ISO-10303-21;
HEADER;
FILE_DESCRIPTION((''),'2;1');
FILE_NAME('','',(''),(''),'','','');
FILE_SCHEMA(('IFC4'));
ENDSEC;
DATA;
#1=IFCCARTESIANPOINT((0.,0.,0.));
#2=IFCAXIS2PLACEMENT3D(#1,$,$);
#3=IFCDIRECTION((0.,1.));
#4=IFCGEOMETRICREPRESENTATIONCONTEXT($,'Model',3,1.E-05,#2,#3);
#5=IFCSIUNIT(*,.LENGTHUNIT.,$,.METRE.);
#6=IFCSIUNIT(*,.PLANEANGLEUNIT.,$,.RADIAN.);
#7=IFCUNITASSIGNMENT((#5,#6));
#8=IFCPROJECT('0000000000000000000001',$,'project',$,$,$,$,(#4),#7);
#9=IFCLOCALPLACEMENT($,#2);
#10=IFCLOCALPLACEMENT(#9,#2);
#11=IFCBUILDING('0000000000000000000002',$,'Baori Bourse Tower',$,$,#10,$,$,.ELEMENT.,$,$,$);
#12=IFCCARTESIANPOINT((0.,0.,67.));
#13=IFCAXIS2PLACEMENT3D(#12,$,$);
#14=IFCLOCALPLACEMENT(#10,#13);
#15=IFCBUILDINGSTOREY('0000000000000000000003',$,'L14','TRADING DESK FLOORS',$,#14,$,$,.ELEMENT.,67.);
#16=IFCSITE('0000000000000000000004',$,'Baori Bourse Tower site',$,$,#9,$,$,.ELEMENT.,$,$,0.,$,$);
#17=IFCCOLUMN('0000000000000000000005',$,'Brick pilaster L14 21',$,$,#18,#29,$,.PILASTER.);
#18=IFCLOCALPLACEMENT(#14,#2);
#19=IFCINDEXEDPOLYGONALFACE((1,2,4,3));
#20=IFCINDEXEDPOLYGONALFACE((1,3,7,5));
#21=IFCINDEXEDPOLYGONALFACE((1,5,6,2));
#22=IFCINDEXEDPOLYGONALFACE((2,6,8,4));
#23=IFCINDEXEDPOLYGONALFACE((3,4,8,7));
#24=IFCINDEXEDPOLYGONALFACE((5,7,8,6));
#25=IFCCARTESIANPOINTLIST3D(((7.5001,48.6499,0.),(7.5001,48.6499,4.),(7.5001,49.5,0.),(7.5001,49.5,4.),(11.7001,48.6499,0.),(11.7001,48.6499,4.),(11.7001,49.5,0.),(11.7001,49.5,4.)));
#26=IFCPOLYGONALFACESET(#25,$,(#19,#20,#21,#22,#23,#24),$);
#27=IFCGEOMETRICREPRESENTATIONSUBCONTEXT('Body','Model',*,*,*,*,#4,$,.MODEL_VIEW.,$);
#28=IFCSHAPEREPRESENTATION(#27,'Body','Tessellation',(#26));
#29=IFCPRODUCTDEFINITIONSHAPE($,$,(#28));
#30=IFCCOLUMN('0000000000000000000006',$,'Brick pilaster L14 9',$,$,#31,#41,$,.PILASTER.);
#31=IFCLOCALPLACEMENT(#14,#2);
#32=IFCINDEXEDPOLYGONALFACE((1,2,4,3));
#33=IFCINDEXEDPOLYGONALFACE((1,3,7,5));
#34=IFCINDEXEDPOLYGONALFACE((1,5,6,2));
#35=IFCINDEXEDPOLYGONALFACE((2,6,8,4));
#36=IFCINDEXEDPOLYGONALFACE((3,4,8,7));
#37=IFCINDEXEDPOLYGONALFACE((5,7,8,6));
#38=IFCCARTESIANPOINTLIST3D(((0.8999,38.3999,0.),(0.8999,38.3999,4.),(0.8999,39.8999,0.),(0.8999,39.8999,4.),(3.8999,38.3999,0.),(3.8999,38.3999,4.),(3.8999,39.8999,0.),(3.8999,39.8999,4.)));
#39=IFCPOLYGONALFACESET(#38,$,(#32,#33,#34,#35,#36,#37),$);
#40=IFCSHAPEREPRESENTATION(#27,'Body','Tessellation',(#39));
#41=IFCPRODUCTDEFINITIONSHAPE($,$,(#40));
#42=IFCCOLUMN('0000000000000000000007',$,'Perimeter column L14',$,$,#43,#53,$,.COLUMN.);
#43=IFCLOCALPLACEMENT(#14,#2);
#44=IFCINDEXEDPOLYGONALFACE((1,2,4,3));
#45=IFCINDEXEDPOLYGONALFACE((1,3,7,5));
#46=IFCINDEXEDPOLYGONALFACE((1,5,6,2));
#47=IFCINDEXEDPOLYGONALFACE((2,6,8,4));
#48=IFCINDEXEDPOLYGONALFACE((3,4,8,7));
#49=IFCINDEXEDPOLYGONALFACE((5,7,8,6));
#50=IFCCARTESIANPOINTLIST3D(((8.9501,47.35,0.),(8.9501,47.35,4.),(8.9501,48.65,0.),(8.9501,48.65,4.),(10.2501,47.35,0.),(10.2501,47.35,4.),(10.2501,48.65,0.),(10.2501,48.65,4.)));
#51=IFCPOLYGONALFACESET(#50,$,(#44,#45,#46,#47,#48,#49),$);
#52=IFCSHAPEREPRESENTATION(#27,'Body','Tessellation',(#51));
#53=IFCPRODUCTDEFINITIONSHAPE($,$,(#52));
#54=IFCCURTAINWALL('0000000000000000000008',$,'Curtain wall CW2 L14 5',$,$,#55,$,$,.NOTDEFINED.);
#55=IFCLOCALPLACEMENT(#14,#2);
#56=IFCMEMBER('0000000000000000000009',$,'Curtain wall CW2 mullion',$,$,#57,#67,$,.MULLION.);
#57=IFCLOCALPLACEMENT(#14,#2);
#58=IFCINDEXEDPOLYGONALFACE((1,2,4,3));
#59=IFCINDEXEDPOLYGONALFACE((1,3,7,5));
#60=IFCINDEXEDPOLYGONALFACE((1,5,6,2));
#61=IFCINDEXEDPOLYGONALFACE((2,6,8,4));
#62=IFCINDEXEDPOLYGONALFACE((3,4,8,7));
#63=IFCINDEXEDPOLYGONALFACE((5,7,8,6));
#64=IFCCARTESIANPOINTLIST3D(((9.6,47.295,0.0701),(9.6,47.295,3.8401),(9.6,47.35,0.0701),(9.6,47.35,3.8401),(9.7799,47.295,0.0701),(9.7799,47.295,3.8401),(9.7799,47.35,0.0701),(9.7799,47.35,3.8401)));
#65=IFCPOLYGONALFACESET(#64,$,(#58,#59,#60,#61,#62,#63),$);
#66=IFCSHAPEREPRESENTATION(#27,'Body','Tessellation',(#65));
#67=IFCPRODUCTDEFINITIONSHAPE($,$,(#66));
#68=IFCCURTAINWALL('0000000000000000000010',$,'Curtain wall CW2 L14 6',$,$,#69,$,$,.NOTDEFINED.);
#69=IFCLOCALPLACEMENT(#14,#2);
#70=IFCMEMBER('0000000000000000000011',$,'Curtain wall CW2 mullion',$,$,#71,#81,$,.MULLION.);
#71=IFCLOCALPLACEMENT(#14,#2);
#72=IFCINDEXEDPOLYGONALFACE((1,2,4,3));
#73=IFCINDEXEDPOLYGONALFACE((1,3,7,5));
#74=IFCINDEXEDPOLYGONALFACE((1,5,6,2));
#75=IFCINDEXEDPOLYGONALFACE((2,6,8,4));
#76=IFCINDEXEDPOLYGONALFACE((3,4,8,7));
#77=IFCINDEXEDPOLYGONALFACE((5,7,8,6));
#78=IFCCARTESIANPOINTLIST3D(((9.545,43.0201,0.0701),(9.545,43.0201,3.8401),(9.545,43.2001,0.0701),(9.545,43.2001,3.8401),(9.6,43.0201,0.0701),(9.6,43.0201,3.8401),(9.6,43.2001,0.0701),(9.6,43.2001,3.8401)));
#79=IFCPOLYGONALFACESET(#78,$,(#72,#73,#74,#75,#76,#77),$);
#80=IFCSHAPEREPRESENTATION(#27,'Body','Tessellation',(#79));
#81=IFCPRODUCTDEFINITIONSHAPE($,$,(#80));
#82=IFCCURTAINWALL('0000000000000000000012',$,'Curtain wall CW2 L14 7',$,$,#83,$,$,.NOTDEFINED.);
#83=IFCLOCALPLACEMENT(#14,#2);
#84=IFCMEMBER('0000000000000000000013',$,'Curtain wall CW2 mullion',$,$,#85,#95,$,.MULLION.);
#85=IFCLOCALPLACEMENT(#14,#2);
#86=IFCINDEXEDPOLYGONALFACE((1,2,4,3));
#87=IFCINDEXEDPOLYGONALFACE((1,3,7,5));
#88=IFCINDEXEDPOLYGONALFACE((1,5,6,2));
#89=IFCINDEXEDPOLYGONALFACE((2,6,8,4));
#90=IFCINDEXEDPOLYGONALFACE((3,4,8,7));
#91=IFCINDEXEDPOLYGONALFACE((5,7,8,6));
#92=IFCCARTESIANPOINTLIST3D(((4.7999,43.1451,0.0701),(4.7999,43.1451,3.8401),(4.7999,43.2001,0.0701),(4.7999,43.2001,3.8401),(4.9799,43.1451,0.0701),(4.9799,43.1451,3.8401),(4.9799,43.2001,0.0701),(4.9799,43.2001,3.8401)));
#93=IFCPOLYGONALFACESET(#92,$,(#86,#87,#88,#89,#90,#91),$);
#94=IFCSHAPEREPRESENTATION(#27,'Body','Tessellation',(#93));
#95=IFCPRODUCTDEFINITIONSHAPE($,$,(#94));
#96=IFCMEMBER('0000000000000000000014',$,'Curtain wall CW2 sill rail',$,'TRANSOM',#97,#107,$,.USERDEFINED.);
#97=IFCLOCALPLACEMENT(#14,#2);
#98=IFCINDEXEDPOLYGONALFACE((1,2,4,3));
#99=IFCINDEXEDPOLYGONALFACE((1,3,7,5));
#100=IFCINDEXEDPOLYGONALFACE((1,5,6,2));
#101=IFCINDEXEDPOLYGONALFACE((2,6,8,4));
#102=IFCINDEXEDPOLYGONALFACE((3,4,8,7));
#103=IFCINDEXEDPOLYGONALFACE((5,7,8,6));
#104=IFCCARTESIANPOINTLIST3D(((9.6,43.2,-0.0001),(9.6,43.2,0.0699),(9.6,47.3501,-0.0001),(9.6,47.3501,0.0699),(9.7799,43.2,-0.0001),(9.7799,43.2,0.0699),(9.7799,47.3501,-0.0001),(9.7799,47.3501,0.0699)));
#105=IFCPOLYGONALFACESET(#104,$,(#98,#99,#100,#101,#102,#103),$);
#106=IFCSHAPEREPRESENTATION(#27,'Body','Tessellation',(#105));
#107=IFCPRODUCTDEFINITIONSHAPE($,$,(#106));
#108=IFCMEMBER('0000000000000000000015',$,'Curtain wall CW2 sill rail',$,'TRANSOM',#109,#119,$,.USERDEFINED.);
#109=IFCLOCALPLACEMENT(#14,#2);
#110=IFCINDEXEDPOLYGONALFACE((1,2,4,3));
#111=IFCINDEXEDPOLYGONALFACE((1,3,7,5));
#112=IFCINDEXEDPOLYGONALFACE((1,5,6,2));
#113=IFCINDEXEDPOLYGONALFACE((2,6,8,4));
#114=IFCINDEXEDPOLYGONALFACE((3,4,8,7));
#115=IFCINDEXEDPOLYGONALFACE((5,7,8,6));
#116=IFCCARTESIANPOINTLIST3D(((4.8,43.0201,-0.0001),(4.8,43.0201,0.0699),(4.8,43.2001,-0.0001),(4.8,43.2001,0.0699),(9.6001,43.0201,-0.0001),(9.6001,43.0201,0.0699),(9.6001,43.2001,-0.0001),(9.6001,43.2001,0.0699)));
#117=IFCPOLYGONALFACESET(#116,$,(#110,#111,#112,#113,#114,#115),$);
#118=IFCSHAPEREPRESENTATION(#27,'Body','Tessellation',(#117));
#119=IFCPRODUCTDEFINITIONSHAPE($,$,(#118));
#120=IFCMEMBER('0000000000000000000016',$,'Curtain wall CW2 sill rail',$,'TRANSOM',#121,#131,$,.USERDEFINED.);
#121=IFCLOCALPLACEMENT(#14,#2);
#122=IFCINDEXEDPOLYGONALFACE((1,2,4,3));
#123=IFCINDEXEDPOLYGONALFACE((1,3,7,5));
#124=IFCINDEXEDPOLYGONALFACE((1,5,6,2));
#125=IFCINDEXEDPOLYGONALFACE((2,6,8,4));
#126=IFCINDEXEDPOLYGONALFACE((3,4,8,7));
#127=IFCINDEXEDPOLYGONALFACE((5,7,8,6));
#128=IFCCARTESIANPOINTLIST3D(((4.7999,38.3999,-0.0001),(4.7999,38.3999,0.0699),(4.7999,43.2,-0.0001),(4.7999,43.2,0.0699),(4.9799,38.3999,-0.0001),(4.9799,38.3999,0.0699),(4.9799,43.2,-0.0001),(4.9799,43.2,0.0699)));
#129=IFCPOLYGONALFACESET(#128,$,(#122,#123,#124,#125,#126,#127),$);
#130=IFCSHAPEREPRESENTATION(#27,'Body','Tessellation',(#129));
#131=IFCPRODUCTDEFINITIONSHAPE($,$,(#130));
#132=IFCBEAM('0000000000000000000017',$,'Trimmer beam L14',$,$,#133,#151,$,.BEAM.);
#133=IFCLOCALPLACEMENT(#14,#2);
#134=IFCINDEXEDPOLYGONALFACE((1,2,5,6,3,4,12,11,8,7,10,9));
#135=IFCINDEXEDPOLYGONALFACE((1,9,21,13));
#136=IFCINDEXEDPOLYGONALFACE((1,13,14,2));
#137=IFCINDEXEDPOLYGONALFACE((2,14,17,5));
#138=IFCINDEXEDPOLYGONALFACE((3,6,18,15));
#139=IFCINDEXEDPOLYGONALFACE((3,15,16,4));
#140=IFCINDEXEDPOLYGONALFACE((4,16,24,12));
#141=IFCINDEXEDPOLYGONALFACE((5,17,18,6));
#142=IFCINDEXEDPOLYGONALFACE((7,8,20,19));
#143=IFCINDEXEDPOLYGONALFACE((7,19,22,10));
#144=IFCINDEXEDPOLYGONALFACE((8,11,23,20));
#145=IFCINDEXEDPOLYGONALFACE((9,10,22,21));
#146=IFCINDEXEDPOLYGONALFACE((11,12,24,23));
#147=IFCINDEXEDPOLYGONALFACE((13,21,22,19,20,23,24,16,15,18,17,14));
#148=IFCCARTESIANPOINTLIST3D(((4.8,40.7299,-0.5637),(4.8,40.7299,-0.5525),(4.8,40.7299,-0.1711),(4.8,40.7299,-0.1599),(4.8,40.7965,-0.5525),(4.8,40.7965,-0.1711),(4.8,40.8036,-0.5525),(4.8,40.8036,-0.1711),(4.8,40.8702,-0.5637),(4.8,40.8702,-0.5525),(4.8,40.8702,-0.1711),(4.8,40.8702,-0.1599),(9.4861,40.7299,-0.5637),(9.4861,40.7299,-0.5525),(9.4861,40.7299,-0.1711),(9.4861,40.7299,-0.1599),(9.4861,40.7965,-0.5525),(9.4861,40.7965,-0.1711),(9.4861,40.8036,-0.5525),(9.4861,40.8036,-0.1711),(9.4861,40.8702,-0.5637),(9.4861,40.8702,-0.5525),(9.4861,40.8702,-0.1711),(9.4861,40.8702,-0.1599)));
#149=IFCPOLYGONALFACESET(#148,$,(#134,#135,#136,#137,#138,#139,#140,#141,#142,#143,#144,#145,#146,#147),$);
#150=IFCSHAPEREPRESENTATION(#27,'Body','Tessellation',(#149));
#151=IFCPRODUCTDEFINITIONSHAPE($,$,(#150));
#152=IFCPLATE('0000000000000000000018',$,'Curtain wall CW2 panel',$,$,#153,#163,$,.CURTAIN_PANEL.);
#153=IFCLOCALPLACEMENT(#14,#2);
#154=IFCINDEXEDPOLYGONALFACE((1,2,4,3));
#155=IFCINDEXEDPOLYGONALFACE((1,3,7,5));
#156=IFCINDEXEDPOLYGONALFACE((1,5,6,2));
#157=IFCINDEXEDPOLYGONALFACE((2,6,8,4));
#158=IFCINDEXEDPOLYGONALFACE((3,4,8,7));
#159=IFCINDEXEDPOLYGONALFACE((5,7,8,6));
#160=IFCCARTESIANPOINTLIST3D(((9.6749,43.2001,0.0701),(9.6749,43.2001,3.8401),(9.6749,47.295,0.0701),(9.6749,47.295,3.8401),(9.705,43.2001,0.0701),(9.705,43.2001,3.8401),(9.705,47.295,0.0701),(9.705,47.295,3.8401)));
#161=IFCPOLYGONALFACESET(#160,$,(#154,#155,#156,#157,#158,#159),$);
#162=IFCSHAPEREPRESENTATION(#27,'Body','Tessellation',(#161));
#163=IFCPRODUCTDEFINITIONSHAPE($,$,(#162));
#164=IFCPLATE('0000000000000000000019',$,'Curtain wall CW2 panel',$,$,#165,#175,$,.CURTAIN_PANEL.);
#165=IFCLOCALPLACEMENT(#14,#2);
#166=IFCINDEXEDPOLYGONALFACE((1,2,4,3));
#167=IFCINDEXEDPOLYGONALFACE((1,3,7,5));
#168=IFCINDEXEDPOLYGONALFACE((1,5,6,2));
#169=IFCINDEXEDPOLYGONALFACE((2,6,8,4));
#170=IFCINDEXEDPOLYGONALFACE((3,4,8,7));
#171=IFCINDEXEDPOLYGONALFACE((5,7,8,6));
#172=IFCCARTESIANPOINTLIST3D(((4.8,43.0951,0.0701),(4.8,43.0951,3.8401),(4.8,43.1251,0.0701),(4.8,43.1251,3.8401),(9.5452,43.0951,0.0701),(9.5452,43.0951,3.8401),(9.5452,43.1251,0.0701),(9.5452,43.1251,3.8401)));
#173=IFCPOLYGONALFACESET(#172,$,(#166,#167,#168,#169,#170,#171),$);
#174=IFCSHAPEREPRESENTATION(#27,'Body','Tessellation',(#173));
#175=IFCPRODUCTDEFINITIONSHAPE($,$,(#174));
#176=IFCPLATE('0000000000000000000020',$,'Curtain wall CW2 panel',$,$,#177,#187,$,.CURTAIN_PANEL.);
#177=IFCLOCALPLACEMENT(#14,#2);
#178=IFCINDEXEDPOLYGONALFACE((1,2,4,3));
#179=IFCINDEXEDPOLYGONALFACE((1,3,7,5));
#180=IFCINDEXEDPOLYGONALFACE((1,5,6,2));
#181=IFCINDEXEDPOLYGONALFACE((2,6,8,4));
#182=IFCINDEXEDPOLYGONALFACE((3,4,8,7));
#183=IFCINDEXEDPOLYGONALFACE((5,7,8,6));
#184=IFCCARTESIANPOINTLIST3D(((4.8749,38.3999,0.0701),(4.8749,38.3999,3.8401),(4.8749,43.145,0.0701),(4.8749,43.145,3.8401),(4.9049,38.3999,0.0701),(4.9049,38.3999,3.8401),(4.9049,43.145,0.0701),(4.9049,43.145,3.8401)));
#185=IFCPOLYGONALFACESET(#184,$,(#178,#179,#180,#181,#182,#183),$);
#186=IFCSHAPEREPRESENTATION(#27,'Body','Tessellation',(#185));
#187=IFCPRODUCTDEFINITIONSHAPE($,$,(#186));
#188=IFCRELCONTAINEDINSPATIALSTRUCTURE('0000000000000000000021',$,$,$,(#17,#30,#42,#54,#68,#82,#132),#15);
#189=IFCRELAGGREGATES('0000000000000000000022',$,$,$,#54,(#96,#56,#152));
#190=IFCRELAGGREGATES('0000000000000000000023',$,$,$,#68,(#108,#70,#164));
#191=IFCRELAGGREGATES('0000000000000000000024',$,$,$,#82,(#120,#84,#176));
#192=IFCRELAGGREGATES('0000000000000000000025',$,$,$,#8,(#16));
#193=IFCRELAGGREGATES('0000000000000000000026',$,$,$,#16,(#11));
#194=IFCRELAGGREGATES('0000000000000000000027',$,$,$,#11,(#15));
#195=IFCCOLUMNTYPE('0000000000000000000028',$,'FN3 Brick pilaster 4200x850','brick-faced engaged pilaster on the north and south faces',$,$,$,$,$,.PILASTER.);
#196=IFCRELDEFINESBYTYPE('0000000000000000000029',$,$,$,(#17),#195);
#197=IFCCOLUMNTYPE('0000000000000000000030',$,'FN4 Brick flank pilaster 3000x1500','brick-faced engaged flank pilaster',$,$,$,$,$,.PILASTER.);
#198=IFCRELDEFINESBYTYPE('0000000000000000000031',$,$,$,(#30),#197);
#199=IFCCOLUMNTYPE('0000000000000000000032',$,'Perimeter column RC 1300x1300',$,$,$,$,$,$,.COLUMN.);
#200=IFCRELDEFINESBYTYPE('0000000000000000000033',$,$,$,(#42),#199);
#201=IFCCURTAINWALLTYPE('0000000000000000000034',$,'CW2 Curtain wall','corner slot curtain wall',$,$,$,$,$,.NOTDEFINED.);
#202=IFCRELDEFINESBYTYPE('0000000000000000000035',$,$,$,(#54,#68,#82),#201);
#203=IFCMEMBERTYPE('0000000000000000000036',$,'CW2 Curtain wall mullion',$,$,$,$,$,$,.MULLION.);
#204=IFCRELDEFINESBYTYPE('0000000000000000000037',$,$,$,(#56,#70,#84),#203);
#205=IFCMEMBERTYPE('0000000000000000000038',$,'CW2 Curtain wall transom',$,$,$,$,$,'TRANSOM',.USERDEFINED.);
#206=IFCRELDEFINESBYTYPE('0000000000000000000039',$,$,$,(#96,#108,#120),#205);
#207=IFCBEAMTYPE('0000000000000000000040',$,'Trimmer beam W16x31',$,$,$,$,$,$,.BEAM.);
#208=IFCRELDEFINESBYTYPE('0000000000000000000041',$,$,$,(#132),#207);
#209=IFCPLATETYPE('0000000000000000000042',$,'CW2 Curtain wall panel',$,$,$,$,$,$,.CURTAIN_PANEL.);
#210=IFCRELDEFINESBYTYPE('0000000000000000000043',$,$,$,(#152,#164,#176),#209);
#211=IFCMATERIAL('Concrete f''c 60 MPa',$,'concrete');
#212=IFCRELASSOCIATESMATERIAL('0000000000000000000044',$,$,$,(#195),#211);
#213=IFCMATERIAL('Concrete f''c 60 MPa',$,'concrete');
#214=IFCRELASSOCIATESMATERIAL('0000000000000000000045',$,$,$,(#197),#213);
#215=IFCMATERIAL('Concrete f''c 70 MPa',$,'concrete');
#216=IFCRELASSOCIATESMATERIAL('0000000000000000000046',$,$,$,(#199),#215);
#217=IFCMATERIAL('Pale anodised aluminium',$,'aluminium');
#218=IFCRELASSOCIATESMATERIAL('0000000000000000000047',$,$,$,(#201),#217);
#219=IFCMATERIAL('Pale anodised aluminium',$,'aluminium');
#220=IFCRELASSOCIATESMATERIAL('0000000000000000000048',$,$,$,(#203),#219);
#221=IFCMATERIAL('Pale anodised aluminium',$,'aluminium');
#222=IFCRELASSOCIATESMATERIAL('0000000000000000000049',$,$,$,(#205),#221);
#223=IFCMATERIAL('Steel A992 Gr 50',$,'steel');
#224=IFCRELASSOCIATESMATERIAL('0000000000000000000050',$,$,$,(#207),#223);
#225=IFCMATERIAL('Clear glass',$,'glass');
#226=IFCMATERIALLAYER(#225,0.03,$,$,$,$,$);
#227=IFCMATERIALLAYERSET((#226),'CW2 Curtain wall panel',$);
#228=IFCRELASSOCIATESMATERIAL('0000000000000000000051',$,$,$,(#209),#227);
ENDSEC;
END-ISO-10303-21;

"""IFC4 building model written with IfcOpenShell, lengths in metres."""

from ifc_helpers import new_model, si_unit, direction, frame, origin, origin_2d, place, context, subcontext, project, spatial, rectangle, i_section, extrude, material, layer, layer_set, material_profile, profile_set, type_object, element, aggregate, save


model = new_model("IFC4")

# Units and contexts
model_context = context("Model", 3, precision=1e-05, world=origin(), true_north=direction((0.0, 1.0)))
body_context = subcontext(model_context, "Body", "Model", "MODEL_VIEW")
ifc_project = project(units=[si_unit("LENGTHUNIT", "METRE"), si_unit("PLANEANGLEUNIT", "RADIAN")], contexts=[model_context])

# Site, building, storey
site_placement = place(None, origin())
site = spatial("IfcSite", under=ifc_project, at=site_placement, Name="Baori Bourse Tower site", CompositionType="ELEMENT", RefElevation=0.0)
building_placement = place(site_placement, origin())
building = spatial("IfcBuilding", under=site, at=building_placement, Name="Baori Bourse Tower", CompositionType="ELEMENT")
storey_placement = place(building_placement, frame((0.0, 0.0, 67.0)))
storey = spatial("IfcBuildingStorey", under=building, at=storey_placement, Name="L14", Description="TRADING DESK FLOORS", CompositionType="ELEMENT", Elevation=67.0)

# Columns
ifc_material_1 = material(Name="Concrete f'c 60 MPa", Category="concrete")
ifc_material_profile_1 = material_profile(ifc_material_1, rectangle(XDim=4.2, YDim=0.8501, at=origin_2d()), Name="RC 4200x850")
ifc_profile_set_1 = profile_set([ifc_material_profile_1], Name="Concrete f'c 60 MPa")
column_type_1 = type_object("IfcColumnType", Name="FN3 Brick pilaster 4200x850", Description="brick-faced engaged pilaster on the north and south faces", PredefinedType="PILASTER", material=ifc_profile_set_1)
column_1_placement = place(storey_placement, frame((9.6001, 49.075, 0.0), z_axis=(0.0, 0.0, 1.0), x_axis=(1.0, 0.0, 0.0)))
element("IfcColumn", 1, at=column_1_placement, inside=storey, type_object=column_type_1, Name="Brick pilaster L14 21", PredefinedType="PILASTER", context=body_context, shape_type="SweptSolid", body=[
    extrude(rectangle(XDim=4.2, YDim=0.8501, at=origin_2d()), origin(), (0.0, 0.0, 1.0), 4.0),
])
ifc_material_2 = material(Name="Concrete f'c 60 MPa", Category="concrete")
ifc_material_profile_2 = material_profile(ifc_material_2, rectangle(XDim=3.0, YDim=1.5, at=origin_2d()), Name="RC 3000x1500")
ifc_profile_set_2 = profile_set([ifc_material_profile_2], Name="Concrete f'c 60 MPa")
column_type_2 = type_object("IfcColumnType", Name="FN4 Brick flank pilaster 3000x1500", Description="brick-faced engaged flank pilaster", PredefinedType="PILASTER", material=ifc_profile_set_2)
column_2_placement = place(storey_placement, frame((2.3999, 39.1499, 0.0), z_axis=(0.0, 0.0, 1.0), x_axis=(1.0, 0.0, 0.0)))
element("IfcColumn", 2, at=column_2_placement, inside=storey, type_object=column_type_2, Name="Brick pilaster L14 9", PredefinedType="PILASTER", context=body_context, shape_type="SweptSolid", body=[
    extrude(rectangle(XDim=3.0, YDim=1.5, at=origin_2d()), origin(), (0.0, 0.0, 1.0), 4.0),
])
ifc_material_3 = material(Name="Concrete f'c 70 MPa", Category="concrete")
ifc_material_profile_3 = material_profile(ifc_material_3, rectangle(XDim=1.3, YDim=1.3, at=origin_2d()), Name="RC 1300x1300")
ifc_profile_set_3 = profile_set([ifc_material_profile_3], Name="Concrete f'c 70 MPa")
column_type_3 = type_object("IfcColumnType", Name="Perimeter column RC 1300x1300", PredefinedType="COLUMN", material=ifc_profile_set_3)
column_3_placement = place(storey_placement, frame((9.6001, 48.0, 0.0), z_axis=(0.0, 0.0, 1.0), x_axis=(1.0, 0.0, 0.0)))
element("IfcColumn", 3, at=column_3_placement, inside=storey, type_object=column_type_3, Name="Perimeter column L14", PredefinedType="COLUMN", context=body_context, shape_type="SweptSolid", body=[
    extrude(rectangle(XDim=1.3, YDim=1.3, at=origin_2d()), origin(), (0.0, 0.0, 1.0), 4.0),
])

# Curtain walls, members
ifc_material_4 = material(Name="Pale anodised aluminium", Category="aluminium")
curtain_wall_type = type_object("IfcCurtainWallType", Name="CW2 Curtain wall", Description="corner slot curtain wall", PredefinedType="NOTDEFINED", material=ifc_material_4)
curtain_wall_1_placement = place(storey_placement, origin())
curtain_wall_1 = element("IfcCurtainWall", 4, at=curtain_wall_1_placement, inside=storey, type_object=curtain_wall_type, Name="Curtain wall CW2 L14 5", PredefinedType="NOTDEFINED")
ifc_material_5 = material(Name="Pale anodised aluminium", Category="aluminium")
ifc_material_profile_4 = material_profile(ifc_material_5, rectangle(XDim=0.1799, YDim=0.0549, at=origin_2d()), Name="Mullion 55x180")
ifc_profile_set_4 = profile_set([ifc_material_profile_4], Name="Pale anodised aluminium")
member_type_1 = type_object("IfcMemberType", Name="CW2 Curtain wall mullion", PredefinedType="MULLION", material=ifc_profile_set_4)
member_1_placement = place(storey_placement, frame((9.6899, 47.3225, 0.0701), z_axis=(0.0, 0.0, 1.0), x_axis=(1.0, 0.0, 0.0)))
member_1 = element("IfcMember", 5, at=member_1_placement, type_object=member_type_1, Name="Curtain wall CW2 mullion", PredefinedType="MULLION", context=body_context, shape_type="SweptSolid", body=[
    extrude(rectangle(XDim=0.1799, YDim=0.0549, at=origin_2d()), origin(), (0.0, 0.0, 1.0), 3.77),
])
curtain_wall_2_placement = place(storey_placement, origin())
curtain_wall_2 = element("IfcCurtainWall", 6, at=curtain_wall_2_placement, inside=storey, type_object=curtain_wall_type, Name="Curtain wall CW2 L14 6", PredefinedType="NOTDEFINED")
member_2_placement = place(storey_placement, frame((9.5725, 43.1101, 0.0701), z_axis=(0.0, 0.0, 1.0), x_axis=(0.0, -1.0, 0.0)))
member_2 = element("IfcMember", 7, at=member_2_placement, type_object=member_type_1, Name="Curtain wall CW2 mullion", PredefinedType="MULLION", context=body_context, shape_type="SweptSolid", body=[
    extrude(rectangle(XDim=0.1799, YDim=0.0549, at=origin_2d()), origin(), (0.0, 0.0, 1.0), 3.77),
])
curtain_wall_3_placement = place(storey_placement, origin())
curtain_wall_3 = element("IfcCurtainWall", 8, at=curtain_wall_3_placement, inside=storey, type_object=curtain_wall_type, Name="Curtain wall CW2 L14 7", PredefinedType="NOTDEFINED")
member_3_placement = place(storey_placement, frame((4.8899, 43.1726, 0.0701), z_axis=(0.0, 0.0, 1.0), x_axis=(1.0, 0.0, 0.0)))
member_3 = element("IfcMember", 9, at=member_3_placement, type_object=member_type_1, Name="Curtain wall CW2 mullion", PredefinedType="MULLION", context=body_context, shape_type="SweptSolid", body=[
    extrude(rectangle(XDim=0.1799, YDim=0.0549, at=origin_2d()), origin(), (0.0, 0.0, 1.0), 3.77),
])

# Members
ifc_material_6 = material(Name="Pale anodised aluminium", Category="aluminium")
ifc_material_profile_5 = material_profile(ifc_material_6, rectangle(XDim=0.1799, YDim=0.0701, at=origin_2d()), Name="Transom 70x180")
ifc_profile_set_5 = profile_set([ifc_material_profile_5], Name="Pale anodised aluminium")
member_type_2 = type_object("IfcMemberType", Name="CW2 Curtain wall transom", ElementType="TRANSOM", PredefinedType="USERDEFINED", material=ifc_profile_set_5)
member_4_placement = place(storey_placement, frame((9.6899, 47.3501, 0.0349), z_axis=(0.0, -1.0, 0.0), x_axis=(1.0, 0.0, 0.0)))
member_4 = element("IfcMember", 10, at=member_4_placement, type_object=member_type_2, Name="Curtain wall CW2 sill rail", ObjectType="TRANSOM", PredefinedType="USERDEFINED", context=body_context, shape_type="SweptSolid", body=[
    extrude(rectangle(XDim=0.1799, YDim=0.0701, at=origin_2d()), origin(), (0.0, 0.0, 1.0), 4.1501),
])
member_5_placement = place(storey_placement, frame((9.6001, 43.1101, 0.0349), z_axis=(-1.0, 0.0, 0.0), x_axis=(0.0, -1.0, 0.0)))
member_5 = element("IfcMember", 11, at=member_5_placement, type_object=member_type_2, Name="Curtain wall CW2 sill rail", ObjectType="TRANSOM", PredefinedType="USERDEFINED", context=body_context, shape_type="SweptSolid", body=[
    extrude(rectangle(XDim=0.1799, YDim=0.0701, at=origin_2d()), origin(), (0.0, 0.0, 1.0), 4.8),
])
member_6_placement = place(storey_placement, frame((4.8899, 43.2, 0.0349), z_axis=(0.0, -1.0, 0.0), x_axis=(1.0, 0.0, 0.0)))
member_6 = element("IfcMember", 12, at=member_6_placement, type_object=member_type_2, Name="Curtain wall CW2 sill rail", ObjectType="TRANSOM", PredefinedType="USERDEFINED", context=body_context, shape_type="SweptSolid", body=[
    extrude(rectangle(XDim=0.1799, YDim=0.0701, at=origin_2d()), origin(), (0.0, 0.0, 1.0), 4.8),
])

# Beam
ifc_material_7 = material(Name="Steel A992 Gr 50", Category="steel")
ifc_material_profile_6 = material_profile(ifc_material_7, i_section(OverallWidth=0.1404, OverallDepth=0.4038, WebThickness=0.0071, FlangeThickness=0.0112, at=origin_2d()), Name="W16x31")
ifc_profile_set_6 = profile_set([ifc_material_profile_6], Name="Steel A992 Gr 50")
beam_type = type_object("IfcBeamType", Name="Trimmer beam W16x31", PredefinedType="BEAM", material=ifc_profile_set_6)
beam_placement = place(storey_placement, frame((4.8, 40.8, -0.3618), z_axis=(1.0, 0.0, 0.0), x_axis=(0.0, 1.0, 0.0)))
element("IfcBeam", 13, at=beam_placement, inside=storey, type_object=beam_type, Name="Trimmer beam L14", PredefinedType="BEAM", context=body_context, shape_type="SweptSolid", body=[
    extrude(i_section(OverallWidth=0.1404, OverallDepth=0.4038, WebThickness=0.0071, FlangeThickness=0.0112, at=origin_2d()), origin(), (0.0, 0.0, 1.0), 4.686),
])

# Plates
ifc_material_8 = material(Name="Clear glass", Category="glass")
ifc_layer_1 = layer(ifc_material_8, 0.03)
ifc_layer_set_1 = layer_set([ifc_layer_1], Name="CW2 Curtain wall panel")
plate_type = type_object("IfcPlateType", Name="CW2 Curtain wall panel", PredefinedType="CURTAIN_PANEL", material=ifc_layer_set_1)
plate_1_placement = place(storey_placement, frame((9.6899, 45.2476, 0.0701), z_axis=(0.0, 0.0, 1.0), x_axis=(0.0, -1.0, 0.0)))
plate_1 = element("IfcPlate", 14, at=plate_1_placement, type_object=plate_type, Name="Curtain wall CW2 panel", PredefinedType="CURTAIN_PANEL", context=body_context, shape_type="SweptSolid", body=[
    extrude(rectangle(XDim=4.095, YDim=0.03, at=origin_2d()), origin(), (0.0, 0.0, 1.0), 3.77),
])
aggregate(curtain_wall_1, [member_4, member_1, plate_1])
plate_2_placement = place(storey_placement, frame((7.1726, 43.1101, 0.0701), z_axis=(0.0, 0.0, 1.0), x_axis=(-1.0, 0.0, 0.0)))
plate_2 = element("IfcPlate", 15, at=plate_2_placement, type_object=plate_type, Name="Curtain wall CW2 panel", PredefinedType="CURTAIN_PANEL", context=body_context, shape_type="SweptSolid", body=[
    extrude(rectangle(XDim=4.7451, YDim=0.03, at=origin_2d()), origin(), (0.0, 0.0, 1.0), 3.77),
])
aggregate(curtain_wall_2, [member_5, member_2, plate_2])
plate_3_placement = place(storey_placement, frame((4.8899, 40.7725, 0.0701), z_axis=(0.0, 0.0, 1.0), x_axis=(0.0, -1.0, 0.0)))
plate_3 = element("IfcPlate", 16, at=plate_3_placement, type_object=plate_type, Name="Curtain wall CW2 panel", PredefinedType="CURTAIN_PANEL", context=body_context, shape_type="SweptSolid", body=[
    extrude(rectangle(XDim=4.7451, YDim=0.03, at=origin_2d()), origin(), (0.0, 0.0, 1.0), 3.77),
])
aggregate(curtain_wall_3, [member_6, member_3, plate_3])

save(model, "model.ifc")
